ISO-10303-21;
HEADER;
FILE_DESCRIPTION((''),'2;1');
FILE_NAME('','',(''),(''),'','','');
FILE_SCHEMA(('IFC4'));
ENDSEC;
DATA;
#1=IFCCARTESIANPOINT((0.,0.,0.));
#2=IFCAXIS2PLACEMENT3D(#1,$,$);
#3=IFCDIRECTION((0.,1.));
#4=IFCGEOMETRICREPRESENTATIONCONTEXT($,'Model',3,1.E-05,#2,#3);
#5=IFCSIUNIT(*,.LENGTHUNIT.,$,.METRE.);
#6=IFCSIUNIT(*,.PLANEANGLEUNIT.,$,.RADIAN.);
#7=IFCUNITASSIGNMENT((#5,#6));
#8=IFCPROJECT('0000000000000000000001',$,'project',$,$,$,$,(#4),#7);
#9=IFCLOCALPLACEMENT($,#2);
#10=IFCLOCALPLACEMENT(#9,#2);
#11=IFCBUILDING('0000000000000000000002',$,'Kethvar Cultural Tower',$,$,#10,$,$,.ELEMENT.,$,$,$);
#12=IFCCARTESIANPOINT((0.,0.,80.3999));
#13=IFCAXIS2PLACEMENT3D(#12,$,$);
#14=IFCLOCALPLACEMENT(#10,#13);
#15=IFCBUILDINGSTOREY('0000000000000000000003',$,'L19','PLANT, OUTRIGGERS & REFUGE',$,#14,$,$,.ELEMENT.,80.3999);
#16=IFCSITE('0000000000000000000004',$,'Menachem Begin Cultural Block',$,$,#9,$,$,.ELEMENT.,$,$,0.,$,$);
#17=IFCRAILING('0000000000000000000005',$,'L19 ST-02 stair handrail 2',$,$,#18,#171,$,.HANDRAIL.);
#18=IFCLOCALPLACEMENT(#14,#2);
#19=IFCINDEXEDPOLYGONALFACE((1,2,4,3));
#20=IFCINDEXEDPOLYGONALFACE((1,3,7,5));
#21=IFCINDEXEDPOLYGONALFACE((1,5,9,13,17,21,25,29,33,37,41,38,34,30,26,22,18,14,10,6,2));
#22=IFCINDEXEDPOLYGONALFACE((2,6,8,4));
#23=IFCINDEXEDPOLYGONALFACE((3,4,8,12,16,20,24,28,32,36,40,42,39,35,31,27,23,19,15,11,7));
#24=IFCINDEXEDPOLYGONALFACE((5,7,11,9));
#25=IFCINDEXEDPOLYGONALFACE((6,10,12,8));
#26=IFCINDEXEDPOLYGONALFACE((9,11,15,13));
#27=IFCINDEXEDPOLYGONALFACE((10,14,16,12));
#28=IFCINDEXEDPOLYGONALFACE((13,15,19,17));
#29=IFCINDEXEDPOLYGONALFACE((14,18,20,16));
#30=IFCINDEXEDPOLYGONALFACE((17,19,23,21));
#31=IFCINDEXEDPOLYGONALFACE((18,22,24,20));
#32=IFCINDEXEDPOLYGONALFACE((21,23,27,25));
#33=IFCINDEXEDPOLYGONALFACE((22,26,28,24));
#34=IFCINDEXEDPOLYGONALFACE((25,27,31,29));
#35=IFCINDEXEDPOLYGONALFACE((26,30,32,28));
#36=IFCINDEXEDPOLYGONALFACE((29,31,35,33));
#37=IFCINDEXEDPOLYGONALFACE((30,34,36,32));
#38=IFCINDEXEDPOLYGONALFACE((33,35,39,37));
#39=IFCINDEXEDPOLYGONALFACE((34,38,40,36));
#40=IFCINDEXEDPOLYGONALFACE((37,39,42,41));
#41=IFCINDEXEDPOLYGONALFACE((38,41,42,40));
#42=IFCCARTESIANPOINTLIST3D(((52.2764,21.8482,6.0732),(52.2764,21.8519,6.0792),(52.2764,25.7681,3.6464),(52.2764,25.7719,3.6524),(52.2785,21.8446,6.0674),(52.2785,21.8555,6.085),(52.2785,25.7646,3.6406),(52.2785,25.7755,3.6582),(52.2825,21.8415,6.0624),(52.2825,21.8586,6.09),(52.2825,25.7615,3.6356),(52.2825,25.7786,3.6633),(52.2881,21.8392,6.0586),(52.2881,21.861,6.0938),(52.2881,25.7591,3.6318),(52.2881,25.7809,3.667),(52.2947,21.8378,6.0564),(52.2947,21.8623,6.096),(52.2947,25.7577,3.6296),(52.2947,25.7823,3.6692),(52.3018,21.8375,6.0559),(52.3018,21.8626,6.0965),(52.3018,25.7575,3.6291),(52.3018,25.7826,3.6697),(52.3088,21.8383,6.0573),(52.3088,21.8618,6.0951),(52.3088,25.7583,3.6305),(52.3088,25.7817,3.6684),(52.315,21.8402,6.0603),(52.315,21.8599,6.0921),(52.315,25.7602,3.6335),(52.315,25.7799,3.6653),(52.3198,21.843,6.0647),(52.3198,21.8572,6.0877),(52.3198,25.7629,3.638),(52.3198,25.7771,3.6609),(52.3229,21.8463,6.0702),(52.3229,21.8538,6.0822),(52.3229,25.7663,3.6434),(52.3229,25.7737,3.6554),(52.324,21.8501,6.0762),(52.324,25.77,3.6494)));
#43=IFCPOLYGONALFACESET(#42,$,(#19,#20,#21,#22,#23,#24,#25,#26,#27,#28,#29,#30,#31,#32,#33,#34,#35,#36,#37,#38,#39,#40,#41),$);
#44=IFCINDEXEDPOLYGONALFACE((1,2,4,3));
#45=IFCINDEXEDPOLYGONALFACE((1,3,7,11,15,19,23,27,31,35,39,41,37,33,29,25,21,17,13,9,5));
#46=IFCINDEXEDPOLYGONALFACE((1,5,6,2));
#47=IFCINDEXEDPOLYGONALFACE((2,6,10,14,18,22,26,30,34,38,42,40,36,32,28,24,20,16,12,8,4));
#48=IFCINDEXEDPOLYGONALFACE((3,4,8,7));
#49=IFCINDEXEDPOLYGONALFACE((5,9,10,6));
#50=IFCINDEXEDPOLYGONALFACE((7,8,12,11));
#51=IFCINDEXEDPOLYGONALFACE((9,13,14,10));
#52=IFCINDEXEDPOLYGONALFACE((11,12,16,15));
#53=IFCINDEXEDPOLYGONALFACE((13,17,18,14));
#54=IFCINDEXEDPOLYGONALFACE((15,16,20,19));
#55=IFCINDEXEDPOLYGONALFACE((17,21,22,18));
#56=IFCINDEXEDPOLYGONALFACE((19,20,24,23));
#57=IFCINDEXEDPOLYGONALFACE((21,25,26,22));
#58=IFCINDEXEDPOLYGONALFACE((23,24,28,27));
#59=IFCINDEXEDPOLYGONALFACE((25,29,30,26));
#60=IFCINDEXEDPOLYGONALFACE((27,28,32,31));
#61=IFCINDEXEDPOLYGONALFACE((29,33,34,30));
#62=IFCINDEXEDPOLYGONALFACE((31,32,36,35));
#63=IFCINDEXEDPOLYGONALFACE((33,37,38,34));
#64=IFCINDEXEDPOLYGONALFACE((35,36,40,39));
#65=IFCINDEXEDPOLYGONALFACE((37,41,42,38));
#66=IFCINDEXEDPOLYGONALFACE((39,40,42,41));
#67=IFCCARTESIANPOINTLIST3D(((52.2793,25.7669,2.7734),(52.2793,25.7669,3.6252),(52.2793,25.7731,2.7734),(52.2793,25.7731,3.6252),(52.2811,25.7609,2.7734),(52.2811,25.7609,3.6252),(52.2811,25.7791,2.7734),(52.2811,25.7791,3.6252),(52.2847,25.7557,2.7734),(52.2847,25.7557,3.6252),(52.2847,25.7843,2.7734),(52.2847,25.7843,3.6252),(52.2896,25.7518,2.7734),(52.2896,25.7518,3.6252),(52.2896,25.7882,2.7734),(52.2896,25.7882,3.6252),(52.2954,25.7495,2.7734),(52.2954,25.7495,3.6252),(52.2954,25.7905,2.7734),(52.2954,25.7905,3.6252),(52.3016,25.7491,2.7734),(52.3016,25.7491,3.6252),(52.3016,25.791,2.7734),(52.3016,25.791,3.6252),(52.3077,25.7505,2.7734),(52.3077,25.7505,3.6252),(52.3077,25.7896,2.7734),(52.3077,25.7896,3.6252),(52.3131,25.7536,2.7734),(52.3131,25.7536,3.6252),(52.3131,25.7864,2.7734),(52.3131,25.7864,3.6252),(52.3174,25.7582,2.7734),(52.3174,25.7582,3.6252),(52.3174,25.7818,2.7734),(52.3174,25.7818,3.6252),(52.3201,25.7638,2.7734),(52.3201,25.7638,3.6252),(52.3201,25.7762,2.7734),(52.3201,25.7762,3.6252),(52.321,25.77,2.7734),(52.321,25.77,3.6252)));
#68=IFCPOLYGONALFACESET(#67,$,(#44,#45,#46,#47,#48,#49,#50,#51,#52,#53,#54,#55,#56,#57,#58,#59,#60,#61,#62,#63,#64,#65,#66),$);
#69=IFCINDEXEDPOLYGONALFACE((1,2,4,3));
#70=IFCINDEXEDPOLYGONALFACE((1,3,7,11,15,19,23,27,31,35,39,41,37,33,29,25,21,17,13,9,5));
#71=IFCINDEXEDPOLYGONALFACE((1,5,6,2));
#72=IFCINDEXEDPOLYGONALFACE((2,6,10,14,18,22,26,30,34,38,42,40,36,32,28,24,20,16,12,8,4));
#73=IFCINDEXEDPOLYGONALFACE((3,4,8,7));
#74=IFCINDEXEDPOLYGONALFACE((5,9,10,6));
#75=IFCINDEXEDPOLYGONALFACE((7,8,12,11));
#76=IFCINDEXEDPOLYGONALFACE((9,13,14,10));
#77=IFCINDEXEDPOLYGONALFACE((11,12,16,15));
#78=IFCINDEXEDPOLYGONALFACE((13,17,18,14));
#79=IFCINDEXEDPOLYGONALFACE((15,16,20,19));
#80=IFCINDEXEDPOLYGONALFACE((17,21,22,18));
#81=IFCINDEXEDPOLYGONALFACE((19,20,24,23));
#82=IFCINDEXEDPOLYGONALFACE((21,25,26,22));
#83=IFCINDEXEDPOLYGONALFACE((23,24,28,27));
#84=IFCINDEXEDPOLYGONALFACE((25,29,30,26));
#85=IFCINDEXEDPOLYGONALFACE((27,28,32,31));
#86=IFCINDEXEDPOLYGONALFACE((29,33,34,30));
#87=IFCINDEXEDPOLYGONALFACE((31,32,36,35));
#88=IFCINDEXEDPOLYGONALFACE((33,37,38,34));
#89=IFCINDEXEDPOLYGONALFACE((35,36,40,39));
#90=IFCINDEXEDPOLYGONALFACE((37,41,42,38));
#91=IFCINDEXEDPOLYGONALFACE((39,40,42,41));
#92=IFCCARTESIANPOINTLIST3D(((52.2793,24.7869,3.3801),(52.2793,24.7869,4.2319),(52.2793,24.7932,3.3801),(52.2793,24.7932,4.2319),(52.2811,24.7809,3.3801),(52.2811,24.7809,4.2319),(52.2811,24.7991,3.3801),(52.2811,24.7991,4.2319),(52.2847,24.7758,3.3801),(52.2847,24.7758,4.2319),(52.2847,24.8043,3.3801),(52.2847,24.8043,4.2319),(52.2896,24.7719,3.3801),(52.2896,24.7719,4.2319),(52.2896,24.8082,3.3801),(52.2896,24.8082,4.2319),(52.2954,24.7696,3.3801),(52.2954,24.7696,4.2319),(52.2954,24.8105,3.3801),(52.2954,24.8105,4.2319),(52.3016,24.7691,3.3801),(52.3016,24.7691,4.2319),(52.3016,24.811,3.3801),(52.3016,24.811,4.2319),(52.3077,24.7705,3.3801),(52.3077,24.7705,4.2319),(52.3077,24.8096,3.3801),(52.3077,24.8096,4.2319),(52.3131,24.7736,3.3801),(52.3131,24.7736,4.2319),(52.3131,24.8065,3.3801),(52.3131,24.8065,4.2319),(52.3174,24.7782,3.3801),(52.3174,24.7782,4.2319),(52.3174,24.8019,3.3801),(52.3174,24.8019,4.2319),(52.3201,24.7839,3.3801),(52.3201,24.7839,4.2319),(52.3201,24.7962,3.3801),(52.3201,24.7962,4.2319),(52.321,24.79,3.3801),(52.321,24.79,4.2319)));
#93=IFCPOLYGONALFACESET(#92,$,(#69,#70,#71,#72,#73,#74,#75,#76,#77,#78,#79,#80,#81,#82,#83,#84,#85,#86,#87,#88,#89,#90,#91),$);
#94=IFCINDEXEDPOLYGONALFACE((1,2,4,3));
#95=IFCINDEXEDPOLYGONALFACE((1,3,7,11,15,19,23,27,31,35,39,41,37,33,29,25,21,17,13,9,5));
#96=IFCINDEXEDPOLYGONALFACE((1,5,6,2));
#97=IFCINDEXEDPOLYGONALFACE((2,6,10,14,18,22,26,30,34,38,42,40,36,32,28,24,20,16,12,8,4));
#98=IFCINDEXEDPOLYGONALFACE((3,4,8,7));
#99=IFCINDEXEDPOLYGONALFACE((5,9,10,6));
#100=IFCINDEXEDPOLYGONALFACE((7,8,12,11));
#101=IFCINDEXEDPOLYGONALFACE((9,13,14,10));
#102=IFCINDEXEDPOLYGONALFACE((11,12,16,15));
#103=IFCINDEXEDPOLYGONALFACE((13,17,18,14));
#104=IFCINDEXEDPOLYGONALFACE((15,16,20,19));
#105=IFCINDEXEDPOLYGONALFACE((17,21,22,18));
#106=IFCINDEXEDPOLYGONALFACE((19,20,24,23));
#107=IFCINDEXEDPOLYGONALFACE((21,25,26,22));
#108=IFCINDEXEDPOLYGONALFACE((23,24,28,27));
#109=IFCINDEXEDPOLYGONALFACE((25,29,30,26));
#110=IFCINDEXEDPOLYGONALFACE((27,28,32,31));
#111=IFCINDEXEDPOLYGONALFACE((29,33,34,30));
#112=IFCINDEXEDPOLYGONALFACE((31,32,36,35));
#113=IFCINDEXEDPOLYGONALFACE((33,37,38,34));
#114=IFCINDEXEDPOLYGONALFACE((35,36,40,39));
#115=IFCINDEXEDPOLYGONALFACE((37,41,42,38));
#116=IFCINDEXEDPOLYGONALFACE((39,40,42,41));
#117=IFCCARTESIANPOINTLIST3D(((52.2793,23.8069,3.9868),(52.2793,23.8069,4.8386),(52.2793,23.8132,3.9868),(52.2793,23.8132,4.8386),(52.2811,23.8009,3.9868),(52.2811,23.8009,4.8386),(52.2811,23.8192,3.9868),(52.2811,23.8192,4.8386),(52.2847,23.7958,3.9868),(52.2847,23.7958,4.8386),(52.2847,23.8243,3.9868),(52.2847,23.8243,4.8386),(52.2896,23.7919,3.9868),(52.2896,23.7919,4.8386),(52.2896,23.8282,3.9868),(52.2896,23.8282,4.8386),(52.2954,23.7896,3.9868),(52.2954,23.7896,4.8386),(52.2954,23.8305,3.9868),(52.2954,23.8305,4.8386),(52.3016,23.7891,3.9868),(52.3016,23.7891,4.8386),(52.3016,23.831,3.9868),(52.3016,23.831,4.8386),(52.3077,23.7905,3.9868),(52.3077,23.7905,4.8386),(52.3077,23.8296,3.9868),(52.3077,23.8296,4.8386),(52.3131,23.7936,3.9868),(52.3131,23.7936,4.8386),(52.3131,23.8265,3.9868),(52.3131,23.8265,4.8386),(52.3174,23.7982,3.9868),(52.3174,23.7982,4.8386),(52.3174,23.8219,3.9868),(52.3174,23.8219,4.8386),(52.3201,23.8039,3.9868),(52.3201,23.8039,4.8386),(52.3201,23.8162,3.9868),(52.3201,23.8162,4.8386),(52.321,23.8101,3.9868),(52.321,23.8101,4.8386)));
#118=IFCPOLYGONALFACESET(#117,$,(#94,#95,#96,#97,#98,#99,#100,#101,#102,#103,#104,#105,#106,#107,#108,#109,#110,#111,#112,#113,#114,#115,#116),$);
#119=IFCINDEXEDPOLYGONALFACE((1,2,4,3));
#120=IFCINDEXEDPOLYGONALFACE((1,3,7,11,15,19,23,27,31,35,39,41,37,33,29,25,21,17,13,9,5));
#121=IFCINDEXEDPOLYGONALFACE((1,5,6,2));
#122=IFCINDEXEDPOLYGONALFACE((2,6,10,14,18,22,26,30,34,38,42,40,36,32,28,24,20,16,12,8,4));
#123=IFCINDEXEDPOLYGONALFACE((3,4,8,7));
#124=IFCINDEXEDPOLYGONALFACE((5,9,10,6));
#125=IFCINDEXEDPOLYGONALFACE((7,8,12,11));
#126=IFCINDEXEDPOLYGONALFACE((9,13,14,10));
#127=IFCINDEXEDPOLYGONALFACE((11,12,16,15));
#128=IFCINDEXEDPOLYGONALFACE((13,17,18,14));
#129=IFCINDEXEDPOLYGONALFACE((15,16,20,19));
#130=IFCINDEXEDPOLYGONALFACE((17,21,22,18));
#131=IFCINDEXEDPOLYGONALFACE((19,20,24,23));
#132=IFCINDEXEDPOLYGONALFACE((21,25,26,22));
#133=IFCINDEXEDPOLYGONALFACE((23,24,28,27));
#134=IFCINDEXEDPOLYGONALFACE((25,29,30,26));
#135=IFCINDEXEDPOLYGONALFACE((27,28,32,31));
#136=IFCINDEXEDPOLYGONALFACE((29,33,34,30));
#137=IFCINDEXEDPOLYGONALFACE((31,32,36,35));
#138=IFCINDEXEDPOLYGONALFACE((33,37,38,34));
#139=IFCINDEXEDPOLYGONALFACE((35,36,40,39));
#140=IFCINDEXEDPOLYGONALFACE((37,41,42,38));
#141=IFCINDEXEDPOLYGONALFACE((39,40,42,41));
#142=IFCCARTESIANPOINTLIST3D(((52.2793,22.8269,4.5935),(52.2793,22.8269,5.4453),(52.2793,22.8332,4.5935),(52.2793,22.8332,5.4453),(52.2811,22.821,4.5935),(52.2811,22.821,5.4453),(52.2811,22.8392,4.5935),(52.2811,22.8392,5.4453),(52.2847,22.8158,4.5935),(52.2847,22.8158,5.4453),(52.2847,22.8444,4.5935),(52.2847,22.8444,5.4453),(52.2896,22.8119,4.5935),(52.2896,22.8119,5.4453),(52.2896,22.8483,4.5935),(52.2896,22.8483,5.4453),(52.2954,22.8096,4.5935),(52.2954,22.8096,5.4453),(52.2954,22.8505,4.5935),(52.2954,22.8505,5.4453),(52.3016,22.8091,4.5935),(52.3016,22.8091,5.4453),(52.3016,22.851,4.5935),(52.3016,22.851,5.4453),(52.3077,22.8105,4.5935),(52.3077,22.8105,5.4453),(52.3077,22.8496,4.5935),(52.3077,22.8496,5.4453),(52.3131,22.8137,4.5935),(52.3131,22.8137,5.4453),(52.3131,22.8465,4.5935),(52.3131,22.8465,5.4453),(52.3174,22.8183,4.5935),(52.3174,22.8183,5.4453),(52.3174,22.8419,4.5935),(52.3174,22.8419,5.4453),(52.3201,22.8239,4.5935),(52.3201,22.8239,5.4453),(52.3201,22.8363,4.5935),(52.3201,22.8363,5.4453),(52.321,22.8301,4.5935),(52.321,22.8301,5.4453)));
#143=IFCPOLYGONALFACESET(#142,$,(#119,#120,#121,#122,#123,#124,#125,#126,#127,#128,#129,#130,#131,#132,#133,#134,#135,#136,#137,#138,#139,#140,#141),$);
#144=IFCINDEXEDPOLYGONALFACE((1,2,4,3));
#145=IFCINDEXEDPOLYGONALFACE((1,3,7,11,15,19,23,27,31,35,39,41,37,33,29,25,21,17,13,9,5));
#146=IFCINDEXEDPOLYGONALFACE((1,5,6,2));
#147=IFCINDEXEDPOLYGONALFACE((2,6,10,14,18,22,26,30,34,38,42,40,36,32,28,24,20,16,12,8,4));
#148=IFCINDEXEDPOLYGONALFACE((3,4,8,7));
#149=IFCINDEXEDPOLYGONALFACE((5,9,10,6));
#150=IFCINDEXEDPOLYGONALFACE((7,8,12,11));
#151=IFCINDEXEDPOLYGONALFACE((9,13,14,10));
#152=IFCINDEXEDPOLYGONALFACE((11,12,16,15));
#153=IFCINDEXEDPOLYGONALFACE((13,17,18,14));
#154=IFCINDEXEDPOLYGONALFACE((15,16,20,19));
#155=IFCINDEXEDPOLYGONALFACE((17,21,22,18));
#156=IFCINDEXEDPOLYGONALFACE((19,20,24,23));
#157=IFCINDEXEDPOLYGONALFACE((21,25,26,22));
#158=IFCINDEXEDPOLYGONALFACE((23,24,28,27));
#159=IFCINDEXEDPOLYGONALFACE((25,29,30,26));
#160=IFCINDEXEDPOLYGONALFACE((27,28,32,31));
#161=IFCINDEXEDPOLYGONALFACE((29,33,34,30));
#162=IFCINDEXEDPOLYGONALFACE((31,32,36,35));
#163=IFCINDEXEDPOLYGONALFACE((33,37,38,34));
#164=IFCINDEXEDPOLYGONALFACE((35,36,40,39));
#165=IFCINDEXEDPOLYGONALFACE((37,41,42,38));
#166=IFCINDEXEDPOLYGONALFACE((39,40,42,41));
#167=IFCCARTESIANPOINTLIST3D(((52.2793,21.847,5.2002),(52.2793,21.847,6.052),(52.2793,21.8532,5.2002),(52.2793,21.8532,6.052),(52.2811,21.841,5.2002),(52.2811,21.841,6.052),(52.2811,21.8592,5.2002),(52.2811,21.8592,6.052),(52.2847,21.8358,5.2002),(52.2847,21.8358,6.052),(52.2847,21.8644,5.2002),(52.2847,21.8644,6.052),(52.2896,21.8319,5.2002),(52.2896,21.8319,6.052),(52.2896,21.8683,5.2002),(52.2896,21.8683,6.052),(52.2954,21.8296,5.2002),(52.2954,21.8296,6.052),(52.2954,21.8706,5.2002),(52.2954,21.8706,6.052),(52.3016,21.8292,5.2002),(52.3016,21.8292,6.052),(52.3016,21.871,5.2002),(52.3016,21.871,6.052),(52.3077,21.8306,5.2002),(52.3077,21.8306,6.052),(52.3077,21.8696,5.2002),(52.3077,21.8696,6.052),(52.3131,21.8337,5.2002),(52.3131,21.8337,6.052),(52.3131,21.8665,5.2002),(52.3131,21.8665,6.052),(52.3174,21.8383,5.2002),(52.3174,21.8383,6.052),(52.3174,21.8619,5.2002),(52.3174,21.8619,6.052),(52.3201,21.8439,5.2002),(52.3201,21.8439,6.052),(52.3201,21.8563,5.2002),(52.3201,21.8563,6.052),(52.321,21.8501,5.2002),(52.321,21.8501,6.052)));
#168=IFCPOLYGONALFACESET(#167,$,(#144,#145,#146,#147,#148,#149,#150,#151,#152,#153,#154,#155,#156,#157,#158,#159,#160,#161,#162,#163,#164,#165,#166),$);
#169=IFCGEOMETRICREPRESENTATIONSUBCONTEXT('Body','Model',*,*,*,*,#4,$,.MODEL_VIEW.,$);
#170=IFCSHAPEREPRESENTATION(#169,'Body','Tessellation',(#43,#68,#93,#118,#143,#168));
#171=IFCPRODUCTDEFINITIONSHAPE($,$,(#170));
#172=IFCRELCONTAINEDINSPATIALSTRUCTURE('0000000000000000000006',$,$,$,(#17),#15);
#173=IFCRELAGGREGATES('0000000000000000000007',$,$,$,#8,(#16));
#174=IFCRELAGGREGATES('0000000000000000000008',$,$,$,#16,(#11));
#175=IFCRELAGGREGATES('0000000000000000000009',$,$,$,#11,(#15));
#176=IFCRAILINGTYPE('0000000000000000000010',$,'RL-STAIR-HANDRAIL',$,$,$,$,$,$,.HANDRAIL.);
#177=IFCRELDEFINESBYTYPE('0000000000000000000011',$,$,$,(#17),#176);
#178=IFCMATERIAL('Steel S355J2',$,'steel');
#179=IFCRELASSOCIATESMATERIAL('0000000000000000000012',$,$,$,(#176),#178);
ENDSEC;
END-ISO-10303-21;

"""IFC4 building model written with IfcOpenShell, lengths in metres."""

from ifc_helpers import new_model, si_unit, direction, frame, origin, origin_2d, place, context, subcontext, project, spatial, circle, extrude, material, type_object, element, save


model = new_model("IFC4")

# Units and contexts
model_context = context("Model", 3, precision=1e-05, world=origin(), true_north=direction((0.0, 1.0)))
body_context = subcontext(model_context, "Body", "Model", "MODEL_VIEW")
ifc_project = project(units=[si_unit("LENGTHUNIT", "METRE"), si_unit("PLANEANGLEUNIT", "RADIAN")], contexts=[model_context])

# Site, building, storey
site_placement = place(None, origin())
site = spatial("IfcSite", under=ifc_project, at=site_placement, Name="Menachem Begin Cultural Block", CompositionType="ELEMENT", RefElevation=0.0)
building_placement = place(site_placement, origin())
building = spatial("IfcBuilding", under=site, at=building_placement, Name="Kethvar Cultural Tower", CompositionType="ELEMENT")
storey_placement = place(building_placement, frame((0.0, 0.0, 80.3999)))
storey = spatial("IfcBuildingStorey", under=building, at=storey_placement, Name="L19", Description="PLANT, OUTRIGGERS & REFUGE", CompositionType="ELEMENT", Elevation=80.3999)

# Shared definitions
ifc_material_1 = material(Name="Steel S355J2", Category="steel")

# Railing
railing_type_1 = type_object("IfcRailingType", Name="RL-STAIR-HANDRAIL", PredefinedType="HANDRAIL", material=ifc_material_1)
railing_1_placement = place(storey_placement, frame((52.3, 25.77, 2.7734)))
element("IfcRailing", 1, at=railing_1_placement, inside=storey, type_object=railing_type_1, Name="L19 ST-02 stair handrail 2", PredefinedType="HANDRAIL", context=body_context, shape_type="SweptSolid", body=[
    extrude(circle(Radius=0.0239, at=origin_2d()), frame((0.0, 0.0, 0.876), z_axis=(0.0, -0.850252, 0.526376), x_axis=(1.0, 0.0, 0.0)), (0.0, 0.0, 1.0), 4.6104),
    extrude(circle(Radius=0.021, at=origin_2d()), origin(), (0.0, 0.0, 1.0), 0.8518),
    extrude(circle(Radius=0.021, at=origin_2d()), frame((0.0, -0.98, 0.6067)), (0.0, 0.0, 1.0), 0.8518),
    extrude(circle(Radius=0.021, at=origin_2d()), frame((0.0, -1.96, 1.2134)), (0.0, 0.0, 1.0), 0.8518),
    extrude(circle(Radius=0.021, at=origin_2d()), frame((0.0, -2.9399, 1.8201)), (0.0, 0.0, 1.0), 0.8518),
    extrude(circle(Radius=0.021, at=origin_2d()), frame((0.0, -3.9199, 2.4268)), (0.0, 0.0, 1.0), 0.8518),
])

save(model, "model.ifc")
